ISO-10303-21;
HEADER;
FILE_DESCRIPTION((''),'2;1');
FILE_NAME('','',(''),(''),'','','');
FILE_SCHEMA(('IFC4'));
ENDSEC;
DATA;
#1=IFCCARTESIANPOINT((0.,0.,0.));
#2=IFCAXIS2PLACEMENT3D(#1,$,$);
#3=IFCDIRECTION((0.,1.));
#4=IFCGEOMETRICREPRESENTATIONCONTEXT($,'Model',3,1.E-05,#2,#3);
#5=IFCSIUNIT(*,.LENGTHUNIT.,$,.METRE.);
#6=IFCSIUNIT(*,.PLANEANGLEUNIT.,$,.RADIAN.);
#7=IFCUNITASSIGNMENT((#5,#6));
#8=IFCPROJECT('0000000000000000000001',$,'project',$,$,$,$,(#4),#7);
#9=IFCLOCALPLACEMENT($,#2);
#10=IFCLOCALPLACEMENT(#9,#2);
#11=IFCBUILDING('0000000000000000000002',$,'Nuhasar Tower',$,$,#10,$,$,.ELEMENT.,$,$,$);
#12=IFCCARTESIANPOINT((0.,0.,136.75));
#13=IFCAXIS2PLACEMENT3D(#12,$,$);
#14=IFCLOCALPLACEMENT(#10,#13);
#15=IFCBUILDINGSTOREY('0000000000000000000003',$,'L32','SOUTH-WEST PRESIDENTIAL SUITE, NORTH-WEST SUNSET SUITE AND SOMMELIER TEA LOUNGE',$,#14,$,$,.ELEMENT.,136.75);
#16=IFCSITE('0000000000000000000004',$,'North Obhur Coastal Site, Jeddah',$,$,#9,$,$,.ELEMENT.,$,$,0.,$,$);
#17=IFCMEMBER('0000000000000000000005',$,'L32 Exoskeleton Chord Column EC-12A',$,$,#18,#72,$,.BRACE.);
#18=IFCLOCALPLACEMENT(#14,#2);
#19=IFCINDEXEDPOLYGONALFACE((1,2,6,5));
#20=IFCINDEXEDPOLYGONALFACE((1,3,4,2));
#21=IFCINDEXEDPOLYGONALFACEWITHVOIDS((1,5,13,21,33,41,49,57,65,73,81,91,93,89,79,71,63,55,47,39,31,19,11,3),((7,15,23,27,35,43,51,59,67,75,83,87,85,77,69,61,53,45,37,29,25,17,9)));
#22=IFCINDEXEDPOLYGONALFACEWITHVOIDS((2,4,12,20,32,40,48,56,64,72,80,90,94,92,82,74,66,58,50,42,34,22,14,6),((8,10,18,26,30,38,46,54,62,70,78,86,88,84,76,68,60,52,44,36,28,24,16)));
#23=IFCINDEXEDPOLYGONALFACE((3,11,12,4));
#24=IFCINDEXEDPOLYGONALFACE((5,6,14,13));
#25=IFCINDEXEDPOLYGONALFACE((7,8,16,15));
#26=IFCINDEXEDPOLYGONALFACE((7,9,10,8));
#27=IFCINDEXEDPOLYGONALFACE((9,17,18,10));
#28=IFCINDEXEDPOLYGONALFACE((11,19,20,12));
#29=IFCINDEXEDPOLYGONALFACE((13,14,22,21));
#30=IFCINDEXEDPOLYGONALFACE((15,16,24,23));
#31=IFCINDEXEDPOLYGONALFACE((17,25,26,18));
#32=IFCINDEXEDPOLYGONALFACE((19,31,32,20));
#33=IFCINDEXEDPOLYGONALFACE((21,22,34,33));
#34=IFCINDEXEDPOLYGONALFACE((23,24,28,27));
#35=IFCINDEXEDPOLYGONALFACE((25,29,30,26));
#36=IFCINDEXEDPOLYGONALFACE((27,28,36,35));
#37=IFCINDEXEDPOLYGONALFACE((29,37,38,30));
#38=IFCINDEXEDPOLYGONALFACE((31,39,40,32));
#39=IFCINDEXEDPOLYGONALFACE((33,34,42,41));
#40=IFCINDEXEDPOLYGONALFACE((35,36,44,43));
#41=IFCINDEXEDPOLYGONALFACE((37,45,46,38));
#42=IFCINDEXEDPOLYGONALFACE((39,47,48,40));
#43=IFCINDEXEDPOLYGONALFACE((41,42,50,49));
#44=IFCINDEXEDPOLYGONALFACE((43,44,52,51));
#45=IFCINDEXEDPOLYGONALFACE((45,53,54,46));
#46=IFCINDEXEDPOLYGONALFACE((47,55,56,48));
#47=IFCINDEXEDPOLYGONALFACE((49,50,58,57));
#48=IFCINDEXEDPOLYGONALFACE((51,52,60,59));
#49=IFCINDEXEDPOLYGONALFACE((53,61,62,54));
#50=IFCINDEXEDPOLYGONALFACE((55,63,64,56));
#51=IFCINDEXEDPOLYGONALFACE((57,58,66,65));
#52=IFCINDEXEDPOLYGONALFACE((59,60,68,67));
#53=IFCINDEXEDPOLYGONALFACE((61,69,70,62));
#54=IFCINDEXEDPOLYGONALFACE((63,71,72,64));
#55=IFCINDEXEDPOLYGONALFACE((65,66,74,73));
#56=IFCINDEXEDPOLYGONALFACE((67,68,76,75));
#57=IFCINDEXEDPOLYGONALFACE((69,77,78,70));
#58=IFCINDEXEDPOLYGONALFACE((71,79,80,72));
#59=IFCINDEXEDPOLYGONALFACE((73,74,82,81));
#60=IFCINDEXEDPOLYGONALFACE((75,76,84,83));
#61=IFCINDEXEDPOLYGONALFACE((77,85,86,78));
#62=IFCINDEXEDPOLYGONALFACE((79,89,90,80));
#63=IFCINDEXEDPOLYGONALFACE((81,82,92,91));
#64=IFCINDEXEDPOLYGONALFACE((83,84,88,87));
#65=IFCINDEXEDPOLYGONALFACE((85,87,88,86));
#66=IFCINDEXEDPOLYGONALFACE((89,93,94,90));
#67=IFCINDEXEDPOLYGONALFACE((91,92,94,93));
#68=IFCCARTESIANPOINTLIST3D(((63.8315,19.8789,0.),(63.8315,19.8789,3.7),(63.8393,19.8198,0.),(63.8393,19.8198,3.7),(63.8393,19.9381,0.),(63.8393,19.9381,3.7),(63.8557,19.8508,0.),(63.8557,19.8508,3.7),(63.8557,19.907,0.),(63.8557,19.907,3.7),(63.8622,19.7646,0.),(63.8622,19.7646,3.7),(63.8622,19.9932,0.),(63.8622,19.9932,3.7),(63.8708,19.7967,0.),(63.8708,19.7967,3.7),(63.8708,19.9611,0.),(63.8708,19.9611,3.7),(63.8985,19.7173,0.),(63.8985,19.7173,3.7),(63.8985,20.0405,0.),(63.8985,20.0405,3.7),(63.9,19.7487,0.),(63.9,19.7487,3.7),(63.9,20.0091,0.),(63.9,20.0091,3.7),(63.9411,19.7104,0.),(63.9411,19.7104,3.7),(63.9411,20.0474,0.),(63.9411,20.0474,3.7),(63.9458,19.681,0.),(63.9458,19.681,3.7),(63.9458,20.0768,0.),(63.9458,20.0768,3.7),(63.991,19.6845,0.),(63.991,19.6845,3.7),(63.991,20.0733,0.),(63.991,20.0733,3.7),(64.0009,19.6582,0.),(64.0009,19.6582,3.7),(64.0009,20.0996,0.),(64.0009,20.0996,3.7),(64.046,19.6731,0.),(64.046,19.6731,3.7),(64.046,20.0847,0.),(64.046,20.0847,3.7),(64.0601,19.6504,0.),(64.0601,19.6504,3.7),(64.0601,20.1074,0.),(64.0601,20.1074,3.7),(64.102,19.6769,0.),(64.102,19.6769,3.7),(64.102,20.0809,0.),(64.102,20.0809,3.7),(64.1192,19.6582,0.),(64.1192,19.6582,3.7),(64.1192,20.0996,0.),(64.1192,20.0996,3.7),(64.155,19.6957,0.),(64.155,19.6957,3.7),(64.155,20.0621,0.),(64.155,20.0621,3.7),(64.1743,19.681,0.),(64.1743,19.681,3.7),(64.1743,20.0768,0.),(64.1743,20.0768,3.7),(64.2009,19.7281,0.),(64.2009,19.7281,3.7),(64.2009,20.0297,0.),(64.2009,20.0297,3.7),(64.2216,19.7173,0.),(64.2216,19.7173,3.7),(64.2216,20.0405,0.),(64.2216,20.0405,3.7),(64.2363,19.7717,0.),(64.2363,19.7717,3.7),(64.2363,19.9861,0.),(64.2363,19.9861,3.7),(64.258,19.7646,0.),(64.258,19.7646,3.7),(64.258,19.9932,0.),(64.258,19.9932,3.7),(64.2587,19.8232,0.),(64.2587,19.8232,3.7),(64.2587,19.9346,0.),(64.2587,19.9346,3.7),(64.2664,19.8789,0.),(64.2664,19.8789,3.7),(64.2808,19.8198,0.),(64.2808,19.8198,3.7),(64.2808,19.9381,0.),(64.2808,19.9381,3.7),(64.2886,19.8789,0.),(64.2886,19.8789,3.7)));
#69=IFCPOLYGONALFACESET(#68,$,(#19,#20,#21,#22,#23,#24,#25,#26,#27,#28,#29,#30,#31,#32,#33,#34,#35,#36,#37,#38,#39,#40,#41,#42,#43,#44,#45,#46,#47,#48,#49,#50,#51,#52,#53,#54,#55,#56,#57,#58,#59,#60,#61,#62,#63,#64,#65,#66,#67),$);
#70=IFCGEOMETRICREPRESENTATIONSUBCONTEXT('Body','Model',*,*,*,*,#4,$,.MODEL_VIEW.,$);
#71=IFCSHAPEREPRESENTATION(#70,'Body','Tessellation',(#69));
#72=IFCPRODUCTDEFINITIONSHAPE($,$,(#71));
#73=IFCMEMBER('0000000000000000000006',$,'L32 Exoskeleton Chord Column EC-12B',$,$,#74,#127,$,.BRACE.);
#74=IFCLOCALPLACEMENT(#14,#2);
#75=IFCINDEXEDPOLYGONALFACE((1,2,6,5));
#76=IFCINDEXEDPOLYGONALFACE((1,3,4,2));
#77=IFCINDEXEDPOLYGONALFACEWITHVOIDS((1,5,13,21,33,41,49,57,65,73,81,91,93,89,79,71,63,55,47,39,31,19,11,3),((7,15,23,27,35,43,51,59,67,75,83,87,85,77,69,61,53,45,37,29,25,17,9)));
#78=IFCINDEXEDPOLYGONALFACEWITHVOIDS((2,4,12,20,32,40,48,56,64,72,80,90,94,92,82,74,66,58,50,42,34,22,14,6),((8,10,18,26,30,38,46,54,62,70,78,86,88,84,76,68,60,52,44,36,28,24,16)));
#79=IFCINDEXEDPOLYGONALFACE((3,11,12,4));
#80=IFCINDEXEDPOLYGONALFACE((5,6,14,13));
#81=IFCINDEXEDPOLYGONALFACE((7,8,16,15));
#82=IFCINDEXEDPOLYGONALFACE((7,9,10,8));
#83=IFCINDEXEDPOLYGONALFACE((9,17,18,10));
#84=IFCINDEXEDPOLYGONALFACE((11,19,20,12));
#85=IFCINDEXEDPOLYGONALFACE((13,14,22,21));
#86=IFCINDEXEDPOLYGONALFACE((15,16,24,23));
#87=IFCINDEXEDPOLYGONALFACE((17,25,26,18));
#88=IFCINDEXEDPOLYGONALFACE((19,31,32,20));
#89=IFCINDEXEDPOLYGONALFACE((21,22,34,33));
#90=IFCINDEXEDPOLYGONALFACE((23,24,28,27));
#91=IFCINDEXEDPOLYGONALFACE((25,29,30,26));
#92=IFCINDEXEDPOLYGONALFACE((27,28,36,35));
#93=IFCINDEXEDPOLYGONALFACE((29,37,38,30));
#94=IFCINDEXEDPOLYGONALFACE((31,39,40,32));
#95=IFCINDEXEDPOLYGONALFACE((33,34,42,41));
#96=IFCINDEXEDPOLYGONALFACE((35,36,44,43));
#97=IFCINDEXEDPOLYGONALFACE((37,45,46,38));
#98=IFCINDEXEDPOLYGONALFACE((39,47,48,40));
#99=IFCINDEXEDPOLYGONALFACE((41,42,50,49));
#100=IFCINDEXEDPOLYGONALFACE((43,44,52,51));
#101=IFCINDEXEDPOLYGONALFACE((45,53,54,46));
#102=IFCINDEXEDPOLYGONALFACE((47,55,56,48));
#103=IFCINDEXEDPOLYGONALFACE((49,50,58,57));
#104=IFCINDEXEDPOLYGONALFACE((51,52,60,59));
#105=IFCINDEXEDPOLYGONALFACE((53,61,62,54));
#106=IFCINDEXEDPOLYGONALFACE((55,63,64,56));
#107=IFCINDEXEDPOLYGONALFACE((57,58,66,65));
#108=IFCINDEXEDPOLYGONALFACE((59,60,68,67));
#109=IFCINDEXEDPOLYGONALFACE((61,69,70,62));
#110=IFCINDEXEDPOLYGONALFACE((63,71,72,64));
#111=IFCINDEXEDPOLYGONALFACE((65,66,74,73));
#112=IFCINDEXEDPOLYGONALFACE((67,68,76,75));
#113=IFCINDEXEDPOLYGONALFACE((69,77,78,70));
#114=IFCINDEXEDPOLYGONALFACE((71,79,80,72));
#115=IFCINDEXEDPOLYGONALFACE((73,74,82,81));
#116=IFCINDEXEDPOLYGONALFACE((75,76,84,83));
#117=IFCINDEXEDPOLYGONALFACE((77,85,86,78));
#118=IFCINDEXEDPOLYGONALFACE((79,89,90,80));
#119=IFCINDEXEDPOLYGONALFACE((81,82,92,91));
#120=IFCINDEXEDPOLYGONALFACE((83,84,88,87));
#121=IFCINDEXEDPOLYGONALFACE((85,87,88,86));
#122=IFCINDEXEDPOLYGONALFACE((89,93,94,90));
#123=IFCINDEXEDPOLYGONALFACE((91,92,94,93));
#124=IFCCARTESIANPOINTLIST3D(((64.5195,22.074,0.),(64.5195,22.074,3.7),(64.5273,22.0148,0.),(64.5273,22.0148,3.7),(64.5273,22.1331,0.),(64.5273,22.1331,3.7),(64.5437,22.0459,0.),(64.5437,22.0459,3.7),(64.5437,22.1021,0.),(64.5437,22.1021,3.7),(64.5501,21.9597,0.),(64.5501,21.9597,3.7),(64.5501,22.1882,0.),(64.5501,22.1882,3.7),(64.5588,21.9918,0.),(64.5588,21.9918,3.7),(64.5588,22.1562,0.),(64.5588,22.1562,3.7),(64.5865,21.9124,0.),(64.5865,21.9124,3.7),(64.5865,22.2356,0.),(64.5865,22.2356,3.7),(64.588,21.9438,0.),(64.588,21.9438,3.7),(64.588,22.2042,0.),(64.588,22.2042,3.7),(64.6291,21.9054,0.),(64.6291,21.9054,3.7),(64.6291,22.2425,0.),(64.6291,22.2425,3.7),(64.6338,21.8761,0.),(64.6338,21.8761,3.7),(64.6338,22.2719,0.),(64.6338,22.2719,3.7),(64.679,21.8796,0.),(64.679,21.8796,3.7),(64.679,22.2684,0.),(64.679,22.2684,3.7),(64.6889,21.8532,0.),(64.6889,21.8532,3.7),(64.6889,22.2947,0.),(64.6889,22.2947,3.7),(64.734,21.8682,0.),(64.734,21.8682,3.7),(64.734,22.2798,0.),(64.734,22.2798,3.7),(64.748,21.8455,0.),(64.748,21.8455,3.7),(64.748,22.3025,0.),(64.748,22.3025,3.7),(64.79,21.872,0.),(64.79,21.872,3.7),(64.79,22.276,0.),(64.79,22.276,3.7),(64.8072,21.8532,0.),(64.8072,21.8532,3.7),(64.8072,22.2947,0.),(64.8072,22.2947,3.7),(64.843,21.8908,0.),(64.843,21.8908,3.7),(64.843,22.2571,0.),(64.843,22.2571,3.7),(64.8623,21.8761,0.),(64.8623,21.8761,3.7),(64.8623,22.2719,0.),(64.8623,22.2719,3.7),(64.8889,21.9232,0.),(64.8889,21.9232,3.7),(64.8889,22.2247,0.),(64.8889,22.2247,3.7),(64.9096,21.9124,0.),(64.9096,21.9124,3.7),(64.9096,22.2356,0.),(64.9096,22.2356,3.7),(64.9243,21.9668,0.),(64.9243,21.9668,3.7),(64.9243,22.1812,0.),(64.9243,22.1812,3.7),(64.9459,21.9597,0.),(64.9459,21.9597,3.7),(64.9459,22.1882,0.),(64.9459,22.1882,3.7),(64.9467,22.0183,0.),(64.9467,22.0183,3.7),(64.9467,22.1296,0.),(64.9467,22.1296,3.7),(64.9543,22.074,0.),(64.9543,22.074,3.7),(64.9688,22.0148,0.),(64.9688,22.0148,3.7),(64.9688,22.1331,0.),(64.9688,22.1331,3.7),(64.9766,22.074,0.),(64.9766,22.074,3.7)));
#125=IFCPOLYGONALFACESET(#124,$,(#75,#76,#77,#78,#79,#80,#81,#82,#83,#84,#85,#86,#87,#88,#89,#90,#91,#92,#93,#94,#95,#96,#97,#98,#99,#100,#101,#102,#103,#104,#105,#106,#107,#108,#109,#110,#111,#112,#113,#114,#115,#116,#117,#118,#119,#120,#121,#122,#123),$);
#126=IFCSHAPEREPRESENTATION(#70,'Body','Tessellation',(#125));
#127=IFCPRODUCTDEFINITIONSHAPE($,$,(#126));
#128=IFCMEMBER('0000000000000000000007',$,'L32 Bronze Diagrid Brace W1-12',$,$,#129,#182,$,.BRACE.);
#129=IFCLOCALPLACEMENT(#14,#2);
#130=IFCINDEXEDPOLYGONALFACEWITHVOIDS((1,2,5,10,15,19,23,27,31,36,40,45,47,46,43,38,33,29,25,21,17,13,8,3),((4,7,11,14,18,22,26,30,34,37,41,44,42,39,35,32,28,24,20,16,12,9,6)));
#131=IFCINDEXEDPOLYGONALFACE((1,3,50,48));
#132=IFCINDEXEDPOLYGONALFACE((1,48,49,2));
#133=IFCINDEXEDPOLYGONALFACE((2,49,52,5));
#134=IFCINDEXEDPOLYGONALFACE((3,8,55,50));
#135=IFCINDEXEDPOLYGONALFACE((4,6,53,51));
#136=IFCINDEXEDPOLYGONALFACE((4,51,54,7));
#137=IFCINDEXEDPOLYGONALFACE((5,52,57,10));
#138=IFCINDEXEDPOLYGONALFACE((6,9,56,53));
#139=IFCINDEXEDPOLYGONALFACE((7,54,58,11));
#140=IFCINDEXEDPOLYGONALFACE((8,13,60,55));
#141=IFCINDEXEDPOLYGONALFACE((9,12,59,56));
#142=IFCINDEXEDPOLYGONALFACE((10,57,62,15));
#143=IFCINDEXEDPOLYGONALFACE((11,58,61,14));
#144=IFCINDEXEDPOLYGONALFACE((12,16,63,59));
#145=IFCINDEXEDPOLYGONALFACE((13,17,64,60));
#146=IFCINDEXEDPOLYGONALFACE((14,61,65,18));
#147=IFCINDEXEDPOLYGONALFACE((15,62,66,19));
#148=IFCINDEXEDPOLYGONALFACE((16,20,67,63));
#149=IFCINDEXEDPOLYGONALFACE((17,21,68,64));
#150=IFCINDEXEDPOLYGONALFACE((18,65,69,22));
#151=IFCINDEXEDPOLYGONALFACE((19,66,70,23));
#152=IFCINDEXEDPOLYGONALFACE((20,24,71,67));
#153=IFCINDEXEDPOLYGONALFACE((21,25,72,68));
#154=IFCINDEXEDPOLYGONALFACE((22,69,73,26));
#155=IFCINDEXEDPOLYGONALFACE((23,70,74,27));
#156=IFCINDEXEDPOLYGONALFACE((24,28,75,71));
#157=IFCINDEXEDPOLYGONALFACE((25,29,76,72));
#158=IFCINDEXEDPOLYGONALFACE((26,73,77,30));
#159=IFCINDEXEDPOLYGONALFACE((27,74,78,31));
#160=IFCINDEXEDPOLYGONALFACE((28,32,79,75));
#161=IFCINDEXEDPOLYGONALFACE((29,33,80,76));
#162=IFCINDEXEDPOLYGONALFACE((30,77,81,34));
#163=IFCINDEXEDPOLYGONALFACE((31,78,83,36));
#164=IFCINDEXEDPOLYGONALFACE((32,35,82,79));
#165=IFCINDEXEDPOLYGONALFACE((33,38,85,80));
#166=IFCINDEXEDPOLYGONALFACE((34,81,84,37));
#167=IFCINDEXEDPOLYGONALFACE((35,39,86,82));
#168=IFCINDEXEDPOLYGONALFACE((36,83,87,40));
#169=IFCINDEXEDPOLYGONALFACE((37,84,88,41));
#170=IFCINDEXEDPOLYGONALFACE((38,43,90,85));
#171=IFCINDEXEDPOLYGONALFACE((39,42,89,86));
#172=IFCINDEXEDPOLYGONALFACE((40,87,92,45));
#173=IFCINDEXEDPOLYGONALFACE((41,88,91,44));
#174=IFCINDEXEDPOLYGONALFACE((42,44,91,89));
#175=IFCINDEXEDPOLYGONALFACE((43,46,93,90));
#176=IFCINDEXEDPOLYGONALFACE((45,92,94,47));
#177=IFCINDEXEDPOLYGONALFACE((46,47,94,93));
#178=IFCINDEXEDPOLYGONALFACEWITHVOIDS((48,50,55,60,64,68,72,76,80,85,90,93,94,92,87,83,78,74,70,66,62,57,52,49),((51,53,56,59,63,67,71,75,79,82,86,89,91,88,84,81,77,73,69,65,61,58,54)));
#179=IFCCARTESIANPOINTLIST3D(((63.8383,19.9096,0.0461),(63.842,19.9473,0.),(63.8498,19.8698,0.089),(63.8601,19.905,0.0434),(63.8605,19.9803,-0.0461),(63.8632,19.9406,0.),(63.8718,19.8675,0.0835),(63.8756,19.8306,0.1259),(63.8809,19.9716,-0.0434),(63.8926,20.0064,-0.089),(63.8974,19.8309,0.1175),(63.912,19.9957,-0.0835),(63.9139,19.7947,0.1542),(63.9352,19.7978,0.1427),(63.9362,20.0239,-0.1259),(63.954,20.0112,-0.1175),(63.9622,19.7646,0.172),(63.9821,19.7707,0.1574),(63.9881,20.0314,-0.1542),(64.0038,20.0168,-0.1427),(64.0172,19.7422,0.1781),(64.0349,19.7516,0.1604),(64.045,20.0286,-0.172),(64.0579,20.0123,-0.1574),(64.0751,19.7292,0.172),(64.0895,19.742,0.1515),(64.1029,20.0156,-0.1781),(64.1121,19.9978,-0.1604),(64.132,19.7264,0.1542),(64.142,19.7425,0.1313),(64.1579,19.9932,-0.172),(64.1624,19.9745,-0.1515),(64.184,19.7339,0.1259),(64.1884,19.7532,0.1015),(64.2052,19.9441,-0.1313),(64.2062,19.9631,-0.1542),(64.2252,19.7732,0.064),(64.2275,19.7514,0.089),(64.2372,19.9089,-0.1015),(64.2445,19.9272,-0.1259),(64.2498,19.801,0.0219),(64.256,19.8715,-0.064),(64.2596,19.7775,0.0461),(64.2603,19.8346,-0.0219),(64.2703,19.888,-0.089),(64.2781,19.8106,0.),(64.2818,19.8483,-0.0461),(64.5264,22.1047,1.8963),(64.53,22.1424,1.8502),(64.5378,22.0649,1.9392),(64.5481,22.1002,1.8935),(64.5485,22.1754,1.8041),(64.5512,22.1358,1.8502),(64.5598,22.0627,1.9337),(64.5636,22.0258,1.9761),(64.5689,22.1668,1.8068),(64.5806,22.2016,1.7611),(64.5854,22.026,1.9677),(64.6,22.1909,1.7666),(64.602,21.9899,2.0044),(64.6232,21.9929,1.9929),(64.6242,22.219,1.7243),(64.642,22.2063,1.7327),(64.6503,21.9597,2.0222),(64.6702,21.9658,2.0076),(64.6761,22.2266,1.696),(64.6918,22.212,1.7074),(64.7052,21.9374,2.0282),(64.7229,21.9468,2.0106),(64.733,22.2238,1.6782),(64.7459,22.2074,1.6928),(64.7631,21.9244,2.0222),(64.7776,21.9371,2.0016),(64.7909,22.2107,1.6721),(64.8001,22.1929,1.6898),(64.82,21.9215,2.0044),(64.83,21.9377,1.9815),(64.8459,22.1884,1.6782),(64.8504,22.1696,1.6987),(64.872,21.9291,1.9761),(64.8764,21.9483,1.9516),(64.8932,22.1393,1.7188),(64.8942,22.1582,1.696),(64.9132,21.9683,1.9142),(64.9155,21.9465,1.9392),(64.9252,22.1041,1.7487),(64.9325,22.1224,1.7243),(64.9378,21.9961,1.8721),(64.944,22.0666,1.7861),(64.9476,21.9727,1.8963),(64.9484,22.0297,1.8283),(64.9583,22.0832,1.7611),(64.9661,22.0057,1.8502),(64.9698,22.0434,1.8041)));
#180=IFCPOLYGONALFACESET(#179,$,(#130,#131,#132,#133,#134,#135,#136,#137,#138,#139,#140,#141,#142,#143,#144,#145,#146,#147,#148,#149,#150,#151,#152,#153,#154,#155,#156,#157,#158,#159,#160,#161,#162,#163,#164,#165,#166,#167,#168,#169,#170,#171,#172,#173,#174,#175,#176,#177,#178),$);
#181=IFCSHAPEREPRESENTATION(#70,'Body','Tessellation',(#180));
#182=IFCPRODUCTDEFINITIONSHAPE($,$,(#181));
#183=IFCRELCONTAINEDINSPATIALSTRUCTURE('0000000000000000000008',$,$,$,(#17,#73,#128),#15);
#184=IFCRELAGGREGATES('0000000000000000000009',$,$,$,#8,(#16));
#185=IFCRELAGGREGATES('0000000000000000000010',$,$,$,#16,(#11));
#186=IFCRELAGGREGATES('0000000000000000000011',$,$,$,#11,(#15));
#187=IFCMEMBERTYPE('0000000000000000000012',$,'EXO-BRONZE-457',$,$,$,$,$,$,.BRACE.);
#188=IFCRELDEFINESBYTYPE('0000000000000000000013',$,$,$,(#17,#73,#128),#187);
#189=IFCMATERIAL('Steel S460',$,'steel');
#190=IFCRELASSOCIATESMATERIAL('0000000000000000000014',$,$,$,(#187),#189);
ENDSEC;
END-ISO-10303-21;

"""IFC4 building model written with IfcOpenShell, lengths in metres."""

from ifc_helpers import new_model, si_unit, direction, frame, origin, origin_2d, place, context, subcontext, project, spatial, hollow_circle, extrude, material, material_profile, profile_set, type_object, element, save


model = new_model("IFC4")

# Units and contexts
model_context = context("Model", 3, precision=1e-05, world=origin(), true_north=direction((0.0, 1.0)))
body_context = subcontext(model_context, "Body", "Model", "MODEL_VIEW")
ifc_project = project(units=[si_unit("LENGTHUNIT", "METRE"), si_unit("PLANEANGLEUNIT", "RADIAN")], contexts=[model_context])

# Site, building, storey
site_placement = place(None, origin())
site = spatial("IfcSite", under=ifc_project, at=site_placement, Name="North Obhur Coastal Site, Jeddah", CompositionType="ELEMENT", RefElevation=0.0)
building_placement = place(site_placement, origin())
building = spatial("IfcBuilding", under=site, at=building_placement, Name="Nuhasar Tower", CompositionType="ELEMENT")
storey_placement = place(building_placement, frame((0.0, 0.0, 136.75)))
storey = spatial("IfcBuildingStorey", under=building, at=storey_placement, Name="L32", Description="SOUTH-WEST PRESIDENTIAL SUITE, NORTH-WEST SUNSET SUITE AND SOMMELIER TEA LOUNGE", CompositionType="ELEMENT", Elevation=136.75)

# Members
ifc_material_1 = material(Name="Steel S460", Category="steel")
ifc_material_profile_1 = material_profile(ifc_material_1, hollow_circle(Radius=0.2285, WallThickness=0.0222, at=origin_2d()), Name="HSS457X22.2")
ifc_profile_set_1 = profile_set([ifc_material_profile_1], Name="Steel S460")
member_type = type_object("IfcMemberType", Name="EXO-BRONZE-457", PredefinedType="BRACE", material=ifc_profile_set_1)
for number, where, z_axis, x_axis, name in (
    (1, (64.0601, 19.8789, 0.0), (0.0, 0.0, 1.0), (1.0, 0.0, 0.0), "L32 Exoskeleton Chord Column EC-12A"),
    (2, (64.748, 22.074, 0.0), (0.0, 0.0, 1.0), (1.0, 0.0, 0.0), "L32 Exoskeleton Chord Column EC-12B"),
):
    element("IfcMember", number, at=place(storey_placement, frame(where, z_axis=z_axis, x_axis=x_axis)), inside=storey, type_object=member_type, Name=name, PredefinedType="BRACE", context=body_context, shape_type="SweptSolid", body=[
        extrude(hollow_circle(Radius=0.2285, WallThickness=0.0222, at=origin_2d()), origin(), (0.0, 0.0, 1.0), 3.7),
    ])
member_1_placement = place(storey_placement, frame((64.0601, 19.8789, 0.0), z_axis=(0.233056, 0.743578, 0.626719), x_axis=(-0.954228, 0.299079, 0.0)))
element("IfcMember", 3, at=member_1_placement, inside=storey, type_object=member_type, Name="L32 Bronze Diagrid Brace W1-12", PredefinedType="BRACE", context=body_context, shape_type="SweptSolid", body=[
    extrude(hollow_circle(Radius=0.2285, WallThickness=0.0222, at=origin_2d()), origin(), (0.0, 0.0, 1.0), 2.9521),
])

save(model, "model.ifc")
